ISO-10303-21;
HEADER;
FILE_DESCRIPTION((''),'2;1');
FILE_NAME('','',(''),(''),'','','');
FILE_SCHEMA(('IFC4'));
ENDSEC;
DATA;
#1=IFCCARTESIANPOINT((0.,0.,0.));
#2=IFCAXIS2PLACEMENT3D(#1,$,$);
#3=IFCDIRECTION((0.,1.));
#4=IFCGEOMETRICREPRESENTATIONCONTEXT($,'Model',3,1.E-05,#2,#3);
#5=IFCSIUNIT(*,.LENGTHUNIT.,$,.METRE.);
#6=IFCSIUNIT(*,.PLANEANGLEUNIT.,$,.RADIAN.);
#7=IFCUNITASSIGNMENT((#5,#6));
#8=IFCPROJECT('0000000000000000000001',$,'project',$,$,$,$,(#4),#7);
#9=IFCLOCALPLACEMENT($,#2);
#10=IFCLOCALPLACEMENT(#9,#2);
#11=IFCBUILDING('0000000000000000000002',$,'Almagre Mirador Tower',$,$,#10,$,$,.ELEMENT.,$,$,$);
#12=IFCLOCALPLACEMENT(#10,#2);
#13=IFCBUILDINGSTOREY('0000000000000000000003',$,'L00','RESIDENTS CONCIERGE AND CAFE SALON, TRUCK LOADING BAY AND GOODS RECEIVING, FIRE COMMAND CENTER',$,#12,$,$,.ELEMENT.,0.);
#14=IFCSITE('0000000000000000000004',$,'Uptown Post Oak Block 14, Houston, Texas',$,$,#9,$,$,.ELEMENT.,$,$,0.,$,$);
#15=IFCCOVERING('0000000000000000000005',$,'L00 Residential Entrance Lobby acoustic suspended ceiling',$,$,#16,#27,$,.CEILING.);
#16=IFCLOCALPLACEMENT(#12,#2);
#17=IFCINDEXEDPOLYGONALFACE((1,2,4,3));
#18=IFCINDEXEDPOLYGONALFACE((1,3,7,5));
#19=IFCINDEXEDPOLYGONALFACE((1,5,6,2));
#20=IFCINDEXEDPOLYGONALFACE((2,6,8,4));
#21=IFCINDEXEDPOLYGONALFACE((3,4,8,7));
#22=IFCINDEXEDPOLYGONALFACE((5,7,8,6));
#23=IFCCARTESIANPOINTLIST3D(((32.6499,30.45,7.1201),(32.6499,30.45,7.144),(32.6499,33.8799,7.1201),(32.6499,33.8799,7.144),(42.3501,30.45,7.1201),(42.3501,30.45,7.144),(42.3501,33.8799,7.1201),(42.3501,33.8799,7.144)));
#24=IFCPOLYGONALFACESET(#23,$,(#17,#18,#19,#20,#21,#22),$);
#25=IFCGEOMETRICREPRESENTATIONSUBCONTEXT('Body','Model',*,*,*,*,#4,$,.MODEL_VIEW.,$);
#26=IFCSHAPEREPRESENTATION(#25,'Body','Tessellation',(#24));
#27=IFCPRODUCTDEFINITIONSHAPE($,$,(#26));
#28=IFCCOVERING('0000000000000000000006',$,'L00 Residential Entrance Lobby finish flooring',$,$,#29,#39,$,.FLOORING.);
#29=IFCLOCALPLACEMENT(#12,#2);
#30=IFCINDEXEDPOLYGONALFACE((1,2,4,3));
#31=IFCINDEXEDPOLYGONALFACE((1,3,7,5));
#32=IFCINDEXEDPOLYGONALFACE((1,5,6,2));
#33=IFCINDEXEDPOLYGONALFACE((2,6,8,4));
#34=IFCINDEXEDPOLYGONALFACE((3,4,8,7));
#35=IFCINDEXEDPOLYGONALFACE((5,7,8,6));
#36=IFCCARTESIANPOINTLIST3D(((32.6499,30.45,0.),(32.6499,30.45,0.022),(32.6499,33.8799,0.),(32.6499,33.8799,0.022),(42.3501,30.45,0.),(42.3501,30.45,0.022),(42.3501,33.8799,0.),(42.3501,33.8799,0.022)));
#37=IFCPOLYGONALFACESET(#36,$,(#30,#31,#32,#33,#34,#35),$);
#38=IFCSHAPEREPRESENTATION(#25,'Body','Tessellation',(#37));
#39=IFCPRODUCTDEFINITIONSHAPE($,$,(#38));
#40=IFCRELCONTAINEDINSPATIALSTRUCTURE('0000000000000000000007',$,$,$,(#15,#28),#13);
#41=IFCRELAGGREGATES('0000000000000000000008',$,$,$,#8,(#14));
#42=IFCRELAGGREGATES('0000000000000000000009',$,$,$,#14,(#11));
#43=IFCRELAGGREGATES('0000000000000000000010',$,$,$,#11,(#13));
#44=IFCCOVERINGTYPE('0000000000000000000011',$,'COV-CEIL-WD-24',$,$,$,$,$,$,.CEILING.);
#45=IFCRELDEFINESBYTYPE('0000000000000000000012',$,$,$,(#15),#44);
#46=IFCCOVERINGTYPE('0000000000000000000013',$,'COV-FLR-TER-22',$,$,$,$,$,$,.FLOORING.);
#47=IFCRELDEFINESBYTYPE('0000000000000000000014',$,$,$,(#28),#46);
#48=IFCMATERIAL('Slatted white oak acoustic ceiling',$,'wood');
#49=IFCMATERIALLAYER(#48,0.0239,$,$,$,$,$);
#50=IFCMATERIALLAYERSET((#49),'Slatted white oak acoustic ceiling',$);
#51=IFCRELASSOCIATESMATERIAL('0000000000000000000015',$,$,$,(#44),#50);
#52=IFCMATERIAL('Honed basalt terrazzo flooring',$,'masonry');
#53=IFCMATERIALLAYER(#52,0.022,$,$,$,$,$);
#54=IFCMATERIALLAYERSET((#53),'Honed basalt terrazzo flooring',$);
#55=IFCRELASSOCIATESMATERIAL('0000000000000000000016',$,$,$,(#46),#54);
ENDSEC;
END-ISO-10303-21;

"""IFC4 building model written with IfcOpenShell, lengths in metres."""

from ifc_helpers import new_model, si_unit, direction, frame, origin, place, context, subcontext, project, spatial, polyline, outline, extrude, material, layer, layer_set, type_object, element, save


model = new_model("IFC4")

# Units and contexts
model_context = context("Model", 3, precision=1e-05, world=origin(), true_north=direction((0.0, 1.0)))
body_context = subcontext(model_context, "Body", "Model", "MODEL_VIEW")
ifc_project = project(units=[si_unit("LENGTHUNIT", "METRE"), si_unit("PLANEANGLEUNIT", "RADIAN")], contexts=[model_context])

# Site, building, storey
site_placement = place(None, origin())
site = spatial("IfcSite", under=ifc_project, at=site_placement, Name="Uptown Post Oak Block 14, Houston, Texas", CompositionType="ELEMENT", RefElevation=0.0)
building_placement = place(site_placement, origin())
building = spatial("IfcBuilding", under=site, at=building_placement, Name="Almagre Mirador Tower", CompositionType="ELEMENT")
storey_placement = place(building_placement, origin())
storey = spatial("IfcBuildingStorey", under=building, at=storey_placement, Name="L00", Description="RESIDENTS CONCIERGE AND CAFE SALON, TRUCK LOADING BAY AND GOODS RECEIVING, FIRE COMMAND CENTER", CompositionType="ELEMENT", Elevation=0.0)

# Coverings
ifc_material_1 = material(Name="Slatted white oak acoustic ceiling", Category="wood")
ifc_layer_1 = layer(ifc_material_1, 0.0239)
ifc_layer_set_1 = layer_set([ifc_layer_1], Name="Slatted white oak acoustic ceiling")
covering_type_1 = type_object("IfcCoveringType", Name="COV-CEIL-WD-24", PredefinedType="CEILING", material=ifc_layer_set_1)
covering_1_placement = place(storey_placement, frame((0.0, 0.0, 7.1201)))
element("IfcCovering", 1, at=covering_1_placement, inside=storey, type_object=covering_type_1, Name="L00 Residential Entrance Lobby acoustic suspended ceiling", PredefinedType="CEILING", context=body_context, shape_type="SweptSolid", body=[
    extrude(outline(polyline([(42.3501, 30.45), (32.6499, 30.45), (32.6499, 33.8799), (42.3501, 33.8799), (42.3501, 30.45)])), origin(), (0.0, 0.0, 1.0), 0.0239),
])
ifc_material_2 = material(Name="Honed basalt terrazzo flooring", Category="masonry")
ifc_layer_2 = layer(ifc_material_2, 0.022)
ifc_layer_set_2 = layer_set([ifc_layer_2], Name="Honed basalt terrazzo flooring")
covering_type_2 = type_object("IfcCoveringType", Name="COV-FLR-TER-22", PredefinedType="FLOORING", material=ifc_layer_set_2)
covering_2_placement = place(storey_placement, origin())
element("IfcCovering", 2, at=covering_2_placement, inside=storey, type_object=covering_type_2, Name="L00 Residential Entrance Lobby finish flooring", PredefinedType="FLOORING", context=body_context, shape_type="SweptSolid", body=[
    extrude(outline(polyline([(42.3501, 30.45), (32.6499, 30.45), (32.6499, 33.8799), (42.3501, 33.8799), (42.3501, 30.45)])), origin(), (0.0, 0.0, 1.0), 0.022),
])

save(model, "model.ifc")
